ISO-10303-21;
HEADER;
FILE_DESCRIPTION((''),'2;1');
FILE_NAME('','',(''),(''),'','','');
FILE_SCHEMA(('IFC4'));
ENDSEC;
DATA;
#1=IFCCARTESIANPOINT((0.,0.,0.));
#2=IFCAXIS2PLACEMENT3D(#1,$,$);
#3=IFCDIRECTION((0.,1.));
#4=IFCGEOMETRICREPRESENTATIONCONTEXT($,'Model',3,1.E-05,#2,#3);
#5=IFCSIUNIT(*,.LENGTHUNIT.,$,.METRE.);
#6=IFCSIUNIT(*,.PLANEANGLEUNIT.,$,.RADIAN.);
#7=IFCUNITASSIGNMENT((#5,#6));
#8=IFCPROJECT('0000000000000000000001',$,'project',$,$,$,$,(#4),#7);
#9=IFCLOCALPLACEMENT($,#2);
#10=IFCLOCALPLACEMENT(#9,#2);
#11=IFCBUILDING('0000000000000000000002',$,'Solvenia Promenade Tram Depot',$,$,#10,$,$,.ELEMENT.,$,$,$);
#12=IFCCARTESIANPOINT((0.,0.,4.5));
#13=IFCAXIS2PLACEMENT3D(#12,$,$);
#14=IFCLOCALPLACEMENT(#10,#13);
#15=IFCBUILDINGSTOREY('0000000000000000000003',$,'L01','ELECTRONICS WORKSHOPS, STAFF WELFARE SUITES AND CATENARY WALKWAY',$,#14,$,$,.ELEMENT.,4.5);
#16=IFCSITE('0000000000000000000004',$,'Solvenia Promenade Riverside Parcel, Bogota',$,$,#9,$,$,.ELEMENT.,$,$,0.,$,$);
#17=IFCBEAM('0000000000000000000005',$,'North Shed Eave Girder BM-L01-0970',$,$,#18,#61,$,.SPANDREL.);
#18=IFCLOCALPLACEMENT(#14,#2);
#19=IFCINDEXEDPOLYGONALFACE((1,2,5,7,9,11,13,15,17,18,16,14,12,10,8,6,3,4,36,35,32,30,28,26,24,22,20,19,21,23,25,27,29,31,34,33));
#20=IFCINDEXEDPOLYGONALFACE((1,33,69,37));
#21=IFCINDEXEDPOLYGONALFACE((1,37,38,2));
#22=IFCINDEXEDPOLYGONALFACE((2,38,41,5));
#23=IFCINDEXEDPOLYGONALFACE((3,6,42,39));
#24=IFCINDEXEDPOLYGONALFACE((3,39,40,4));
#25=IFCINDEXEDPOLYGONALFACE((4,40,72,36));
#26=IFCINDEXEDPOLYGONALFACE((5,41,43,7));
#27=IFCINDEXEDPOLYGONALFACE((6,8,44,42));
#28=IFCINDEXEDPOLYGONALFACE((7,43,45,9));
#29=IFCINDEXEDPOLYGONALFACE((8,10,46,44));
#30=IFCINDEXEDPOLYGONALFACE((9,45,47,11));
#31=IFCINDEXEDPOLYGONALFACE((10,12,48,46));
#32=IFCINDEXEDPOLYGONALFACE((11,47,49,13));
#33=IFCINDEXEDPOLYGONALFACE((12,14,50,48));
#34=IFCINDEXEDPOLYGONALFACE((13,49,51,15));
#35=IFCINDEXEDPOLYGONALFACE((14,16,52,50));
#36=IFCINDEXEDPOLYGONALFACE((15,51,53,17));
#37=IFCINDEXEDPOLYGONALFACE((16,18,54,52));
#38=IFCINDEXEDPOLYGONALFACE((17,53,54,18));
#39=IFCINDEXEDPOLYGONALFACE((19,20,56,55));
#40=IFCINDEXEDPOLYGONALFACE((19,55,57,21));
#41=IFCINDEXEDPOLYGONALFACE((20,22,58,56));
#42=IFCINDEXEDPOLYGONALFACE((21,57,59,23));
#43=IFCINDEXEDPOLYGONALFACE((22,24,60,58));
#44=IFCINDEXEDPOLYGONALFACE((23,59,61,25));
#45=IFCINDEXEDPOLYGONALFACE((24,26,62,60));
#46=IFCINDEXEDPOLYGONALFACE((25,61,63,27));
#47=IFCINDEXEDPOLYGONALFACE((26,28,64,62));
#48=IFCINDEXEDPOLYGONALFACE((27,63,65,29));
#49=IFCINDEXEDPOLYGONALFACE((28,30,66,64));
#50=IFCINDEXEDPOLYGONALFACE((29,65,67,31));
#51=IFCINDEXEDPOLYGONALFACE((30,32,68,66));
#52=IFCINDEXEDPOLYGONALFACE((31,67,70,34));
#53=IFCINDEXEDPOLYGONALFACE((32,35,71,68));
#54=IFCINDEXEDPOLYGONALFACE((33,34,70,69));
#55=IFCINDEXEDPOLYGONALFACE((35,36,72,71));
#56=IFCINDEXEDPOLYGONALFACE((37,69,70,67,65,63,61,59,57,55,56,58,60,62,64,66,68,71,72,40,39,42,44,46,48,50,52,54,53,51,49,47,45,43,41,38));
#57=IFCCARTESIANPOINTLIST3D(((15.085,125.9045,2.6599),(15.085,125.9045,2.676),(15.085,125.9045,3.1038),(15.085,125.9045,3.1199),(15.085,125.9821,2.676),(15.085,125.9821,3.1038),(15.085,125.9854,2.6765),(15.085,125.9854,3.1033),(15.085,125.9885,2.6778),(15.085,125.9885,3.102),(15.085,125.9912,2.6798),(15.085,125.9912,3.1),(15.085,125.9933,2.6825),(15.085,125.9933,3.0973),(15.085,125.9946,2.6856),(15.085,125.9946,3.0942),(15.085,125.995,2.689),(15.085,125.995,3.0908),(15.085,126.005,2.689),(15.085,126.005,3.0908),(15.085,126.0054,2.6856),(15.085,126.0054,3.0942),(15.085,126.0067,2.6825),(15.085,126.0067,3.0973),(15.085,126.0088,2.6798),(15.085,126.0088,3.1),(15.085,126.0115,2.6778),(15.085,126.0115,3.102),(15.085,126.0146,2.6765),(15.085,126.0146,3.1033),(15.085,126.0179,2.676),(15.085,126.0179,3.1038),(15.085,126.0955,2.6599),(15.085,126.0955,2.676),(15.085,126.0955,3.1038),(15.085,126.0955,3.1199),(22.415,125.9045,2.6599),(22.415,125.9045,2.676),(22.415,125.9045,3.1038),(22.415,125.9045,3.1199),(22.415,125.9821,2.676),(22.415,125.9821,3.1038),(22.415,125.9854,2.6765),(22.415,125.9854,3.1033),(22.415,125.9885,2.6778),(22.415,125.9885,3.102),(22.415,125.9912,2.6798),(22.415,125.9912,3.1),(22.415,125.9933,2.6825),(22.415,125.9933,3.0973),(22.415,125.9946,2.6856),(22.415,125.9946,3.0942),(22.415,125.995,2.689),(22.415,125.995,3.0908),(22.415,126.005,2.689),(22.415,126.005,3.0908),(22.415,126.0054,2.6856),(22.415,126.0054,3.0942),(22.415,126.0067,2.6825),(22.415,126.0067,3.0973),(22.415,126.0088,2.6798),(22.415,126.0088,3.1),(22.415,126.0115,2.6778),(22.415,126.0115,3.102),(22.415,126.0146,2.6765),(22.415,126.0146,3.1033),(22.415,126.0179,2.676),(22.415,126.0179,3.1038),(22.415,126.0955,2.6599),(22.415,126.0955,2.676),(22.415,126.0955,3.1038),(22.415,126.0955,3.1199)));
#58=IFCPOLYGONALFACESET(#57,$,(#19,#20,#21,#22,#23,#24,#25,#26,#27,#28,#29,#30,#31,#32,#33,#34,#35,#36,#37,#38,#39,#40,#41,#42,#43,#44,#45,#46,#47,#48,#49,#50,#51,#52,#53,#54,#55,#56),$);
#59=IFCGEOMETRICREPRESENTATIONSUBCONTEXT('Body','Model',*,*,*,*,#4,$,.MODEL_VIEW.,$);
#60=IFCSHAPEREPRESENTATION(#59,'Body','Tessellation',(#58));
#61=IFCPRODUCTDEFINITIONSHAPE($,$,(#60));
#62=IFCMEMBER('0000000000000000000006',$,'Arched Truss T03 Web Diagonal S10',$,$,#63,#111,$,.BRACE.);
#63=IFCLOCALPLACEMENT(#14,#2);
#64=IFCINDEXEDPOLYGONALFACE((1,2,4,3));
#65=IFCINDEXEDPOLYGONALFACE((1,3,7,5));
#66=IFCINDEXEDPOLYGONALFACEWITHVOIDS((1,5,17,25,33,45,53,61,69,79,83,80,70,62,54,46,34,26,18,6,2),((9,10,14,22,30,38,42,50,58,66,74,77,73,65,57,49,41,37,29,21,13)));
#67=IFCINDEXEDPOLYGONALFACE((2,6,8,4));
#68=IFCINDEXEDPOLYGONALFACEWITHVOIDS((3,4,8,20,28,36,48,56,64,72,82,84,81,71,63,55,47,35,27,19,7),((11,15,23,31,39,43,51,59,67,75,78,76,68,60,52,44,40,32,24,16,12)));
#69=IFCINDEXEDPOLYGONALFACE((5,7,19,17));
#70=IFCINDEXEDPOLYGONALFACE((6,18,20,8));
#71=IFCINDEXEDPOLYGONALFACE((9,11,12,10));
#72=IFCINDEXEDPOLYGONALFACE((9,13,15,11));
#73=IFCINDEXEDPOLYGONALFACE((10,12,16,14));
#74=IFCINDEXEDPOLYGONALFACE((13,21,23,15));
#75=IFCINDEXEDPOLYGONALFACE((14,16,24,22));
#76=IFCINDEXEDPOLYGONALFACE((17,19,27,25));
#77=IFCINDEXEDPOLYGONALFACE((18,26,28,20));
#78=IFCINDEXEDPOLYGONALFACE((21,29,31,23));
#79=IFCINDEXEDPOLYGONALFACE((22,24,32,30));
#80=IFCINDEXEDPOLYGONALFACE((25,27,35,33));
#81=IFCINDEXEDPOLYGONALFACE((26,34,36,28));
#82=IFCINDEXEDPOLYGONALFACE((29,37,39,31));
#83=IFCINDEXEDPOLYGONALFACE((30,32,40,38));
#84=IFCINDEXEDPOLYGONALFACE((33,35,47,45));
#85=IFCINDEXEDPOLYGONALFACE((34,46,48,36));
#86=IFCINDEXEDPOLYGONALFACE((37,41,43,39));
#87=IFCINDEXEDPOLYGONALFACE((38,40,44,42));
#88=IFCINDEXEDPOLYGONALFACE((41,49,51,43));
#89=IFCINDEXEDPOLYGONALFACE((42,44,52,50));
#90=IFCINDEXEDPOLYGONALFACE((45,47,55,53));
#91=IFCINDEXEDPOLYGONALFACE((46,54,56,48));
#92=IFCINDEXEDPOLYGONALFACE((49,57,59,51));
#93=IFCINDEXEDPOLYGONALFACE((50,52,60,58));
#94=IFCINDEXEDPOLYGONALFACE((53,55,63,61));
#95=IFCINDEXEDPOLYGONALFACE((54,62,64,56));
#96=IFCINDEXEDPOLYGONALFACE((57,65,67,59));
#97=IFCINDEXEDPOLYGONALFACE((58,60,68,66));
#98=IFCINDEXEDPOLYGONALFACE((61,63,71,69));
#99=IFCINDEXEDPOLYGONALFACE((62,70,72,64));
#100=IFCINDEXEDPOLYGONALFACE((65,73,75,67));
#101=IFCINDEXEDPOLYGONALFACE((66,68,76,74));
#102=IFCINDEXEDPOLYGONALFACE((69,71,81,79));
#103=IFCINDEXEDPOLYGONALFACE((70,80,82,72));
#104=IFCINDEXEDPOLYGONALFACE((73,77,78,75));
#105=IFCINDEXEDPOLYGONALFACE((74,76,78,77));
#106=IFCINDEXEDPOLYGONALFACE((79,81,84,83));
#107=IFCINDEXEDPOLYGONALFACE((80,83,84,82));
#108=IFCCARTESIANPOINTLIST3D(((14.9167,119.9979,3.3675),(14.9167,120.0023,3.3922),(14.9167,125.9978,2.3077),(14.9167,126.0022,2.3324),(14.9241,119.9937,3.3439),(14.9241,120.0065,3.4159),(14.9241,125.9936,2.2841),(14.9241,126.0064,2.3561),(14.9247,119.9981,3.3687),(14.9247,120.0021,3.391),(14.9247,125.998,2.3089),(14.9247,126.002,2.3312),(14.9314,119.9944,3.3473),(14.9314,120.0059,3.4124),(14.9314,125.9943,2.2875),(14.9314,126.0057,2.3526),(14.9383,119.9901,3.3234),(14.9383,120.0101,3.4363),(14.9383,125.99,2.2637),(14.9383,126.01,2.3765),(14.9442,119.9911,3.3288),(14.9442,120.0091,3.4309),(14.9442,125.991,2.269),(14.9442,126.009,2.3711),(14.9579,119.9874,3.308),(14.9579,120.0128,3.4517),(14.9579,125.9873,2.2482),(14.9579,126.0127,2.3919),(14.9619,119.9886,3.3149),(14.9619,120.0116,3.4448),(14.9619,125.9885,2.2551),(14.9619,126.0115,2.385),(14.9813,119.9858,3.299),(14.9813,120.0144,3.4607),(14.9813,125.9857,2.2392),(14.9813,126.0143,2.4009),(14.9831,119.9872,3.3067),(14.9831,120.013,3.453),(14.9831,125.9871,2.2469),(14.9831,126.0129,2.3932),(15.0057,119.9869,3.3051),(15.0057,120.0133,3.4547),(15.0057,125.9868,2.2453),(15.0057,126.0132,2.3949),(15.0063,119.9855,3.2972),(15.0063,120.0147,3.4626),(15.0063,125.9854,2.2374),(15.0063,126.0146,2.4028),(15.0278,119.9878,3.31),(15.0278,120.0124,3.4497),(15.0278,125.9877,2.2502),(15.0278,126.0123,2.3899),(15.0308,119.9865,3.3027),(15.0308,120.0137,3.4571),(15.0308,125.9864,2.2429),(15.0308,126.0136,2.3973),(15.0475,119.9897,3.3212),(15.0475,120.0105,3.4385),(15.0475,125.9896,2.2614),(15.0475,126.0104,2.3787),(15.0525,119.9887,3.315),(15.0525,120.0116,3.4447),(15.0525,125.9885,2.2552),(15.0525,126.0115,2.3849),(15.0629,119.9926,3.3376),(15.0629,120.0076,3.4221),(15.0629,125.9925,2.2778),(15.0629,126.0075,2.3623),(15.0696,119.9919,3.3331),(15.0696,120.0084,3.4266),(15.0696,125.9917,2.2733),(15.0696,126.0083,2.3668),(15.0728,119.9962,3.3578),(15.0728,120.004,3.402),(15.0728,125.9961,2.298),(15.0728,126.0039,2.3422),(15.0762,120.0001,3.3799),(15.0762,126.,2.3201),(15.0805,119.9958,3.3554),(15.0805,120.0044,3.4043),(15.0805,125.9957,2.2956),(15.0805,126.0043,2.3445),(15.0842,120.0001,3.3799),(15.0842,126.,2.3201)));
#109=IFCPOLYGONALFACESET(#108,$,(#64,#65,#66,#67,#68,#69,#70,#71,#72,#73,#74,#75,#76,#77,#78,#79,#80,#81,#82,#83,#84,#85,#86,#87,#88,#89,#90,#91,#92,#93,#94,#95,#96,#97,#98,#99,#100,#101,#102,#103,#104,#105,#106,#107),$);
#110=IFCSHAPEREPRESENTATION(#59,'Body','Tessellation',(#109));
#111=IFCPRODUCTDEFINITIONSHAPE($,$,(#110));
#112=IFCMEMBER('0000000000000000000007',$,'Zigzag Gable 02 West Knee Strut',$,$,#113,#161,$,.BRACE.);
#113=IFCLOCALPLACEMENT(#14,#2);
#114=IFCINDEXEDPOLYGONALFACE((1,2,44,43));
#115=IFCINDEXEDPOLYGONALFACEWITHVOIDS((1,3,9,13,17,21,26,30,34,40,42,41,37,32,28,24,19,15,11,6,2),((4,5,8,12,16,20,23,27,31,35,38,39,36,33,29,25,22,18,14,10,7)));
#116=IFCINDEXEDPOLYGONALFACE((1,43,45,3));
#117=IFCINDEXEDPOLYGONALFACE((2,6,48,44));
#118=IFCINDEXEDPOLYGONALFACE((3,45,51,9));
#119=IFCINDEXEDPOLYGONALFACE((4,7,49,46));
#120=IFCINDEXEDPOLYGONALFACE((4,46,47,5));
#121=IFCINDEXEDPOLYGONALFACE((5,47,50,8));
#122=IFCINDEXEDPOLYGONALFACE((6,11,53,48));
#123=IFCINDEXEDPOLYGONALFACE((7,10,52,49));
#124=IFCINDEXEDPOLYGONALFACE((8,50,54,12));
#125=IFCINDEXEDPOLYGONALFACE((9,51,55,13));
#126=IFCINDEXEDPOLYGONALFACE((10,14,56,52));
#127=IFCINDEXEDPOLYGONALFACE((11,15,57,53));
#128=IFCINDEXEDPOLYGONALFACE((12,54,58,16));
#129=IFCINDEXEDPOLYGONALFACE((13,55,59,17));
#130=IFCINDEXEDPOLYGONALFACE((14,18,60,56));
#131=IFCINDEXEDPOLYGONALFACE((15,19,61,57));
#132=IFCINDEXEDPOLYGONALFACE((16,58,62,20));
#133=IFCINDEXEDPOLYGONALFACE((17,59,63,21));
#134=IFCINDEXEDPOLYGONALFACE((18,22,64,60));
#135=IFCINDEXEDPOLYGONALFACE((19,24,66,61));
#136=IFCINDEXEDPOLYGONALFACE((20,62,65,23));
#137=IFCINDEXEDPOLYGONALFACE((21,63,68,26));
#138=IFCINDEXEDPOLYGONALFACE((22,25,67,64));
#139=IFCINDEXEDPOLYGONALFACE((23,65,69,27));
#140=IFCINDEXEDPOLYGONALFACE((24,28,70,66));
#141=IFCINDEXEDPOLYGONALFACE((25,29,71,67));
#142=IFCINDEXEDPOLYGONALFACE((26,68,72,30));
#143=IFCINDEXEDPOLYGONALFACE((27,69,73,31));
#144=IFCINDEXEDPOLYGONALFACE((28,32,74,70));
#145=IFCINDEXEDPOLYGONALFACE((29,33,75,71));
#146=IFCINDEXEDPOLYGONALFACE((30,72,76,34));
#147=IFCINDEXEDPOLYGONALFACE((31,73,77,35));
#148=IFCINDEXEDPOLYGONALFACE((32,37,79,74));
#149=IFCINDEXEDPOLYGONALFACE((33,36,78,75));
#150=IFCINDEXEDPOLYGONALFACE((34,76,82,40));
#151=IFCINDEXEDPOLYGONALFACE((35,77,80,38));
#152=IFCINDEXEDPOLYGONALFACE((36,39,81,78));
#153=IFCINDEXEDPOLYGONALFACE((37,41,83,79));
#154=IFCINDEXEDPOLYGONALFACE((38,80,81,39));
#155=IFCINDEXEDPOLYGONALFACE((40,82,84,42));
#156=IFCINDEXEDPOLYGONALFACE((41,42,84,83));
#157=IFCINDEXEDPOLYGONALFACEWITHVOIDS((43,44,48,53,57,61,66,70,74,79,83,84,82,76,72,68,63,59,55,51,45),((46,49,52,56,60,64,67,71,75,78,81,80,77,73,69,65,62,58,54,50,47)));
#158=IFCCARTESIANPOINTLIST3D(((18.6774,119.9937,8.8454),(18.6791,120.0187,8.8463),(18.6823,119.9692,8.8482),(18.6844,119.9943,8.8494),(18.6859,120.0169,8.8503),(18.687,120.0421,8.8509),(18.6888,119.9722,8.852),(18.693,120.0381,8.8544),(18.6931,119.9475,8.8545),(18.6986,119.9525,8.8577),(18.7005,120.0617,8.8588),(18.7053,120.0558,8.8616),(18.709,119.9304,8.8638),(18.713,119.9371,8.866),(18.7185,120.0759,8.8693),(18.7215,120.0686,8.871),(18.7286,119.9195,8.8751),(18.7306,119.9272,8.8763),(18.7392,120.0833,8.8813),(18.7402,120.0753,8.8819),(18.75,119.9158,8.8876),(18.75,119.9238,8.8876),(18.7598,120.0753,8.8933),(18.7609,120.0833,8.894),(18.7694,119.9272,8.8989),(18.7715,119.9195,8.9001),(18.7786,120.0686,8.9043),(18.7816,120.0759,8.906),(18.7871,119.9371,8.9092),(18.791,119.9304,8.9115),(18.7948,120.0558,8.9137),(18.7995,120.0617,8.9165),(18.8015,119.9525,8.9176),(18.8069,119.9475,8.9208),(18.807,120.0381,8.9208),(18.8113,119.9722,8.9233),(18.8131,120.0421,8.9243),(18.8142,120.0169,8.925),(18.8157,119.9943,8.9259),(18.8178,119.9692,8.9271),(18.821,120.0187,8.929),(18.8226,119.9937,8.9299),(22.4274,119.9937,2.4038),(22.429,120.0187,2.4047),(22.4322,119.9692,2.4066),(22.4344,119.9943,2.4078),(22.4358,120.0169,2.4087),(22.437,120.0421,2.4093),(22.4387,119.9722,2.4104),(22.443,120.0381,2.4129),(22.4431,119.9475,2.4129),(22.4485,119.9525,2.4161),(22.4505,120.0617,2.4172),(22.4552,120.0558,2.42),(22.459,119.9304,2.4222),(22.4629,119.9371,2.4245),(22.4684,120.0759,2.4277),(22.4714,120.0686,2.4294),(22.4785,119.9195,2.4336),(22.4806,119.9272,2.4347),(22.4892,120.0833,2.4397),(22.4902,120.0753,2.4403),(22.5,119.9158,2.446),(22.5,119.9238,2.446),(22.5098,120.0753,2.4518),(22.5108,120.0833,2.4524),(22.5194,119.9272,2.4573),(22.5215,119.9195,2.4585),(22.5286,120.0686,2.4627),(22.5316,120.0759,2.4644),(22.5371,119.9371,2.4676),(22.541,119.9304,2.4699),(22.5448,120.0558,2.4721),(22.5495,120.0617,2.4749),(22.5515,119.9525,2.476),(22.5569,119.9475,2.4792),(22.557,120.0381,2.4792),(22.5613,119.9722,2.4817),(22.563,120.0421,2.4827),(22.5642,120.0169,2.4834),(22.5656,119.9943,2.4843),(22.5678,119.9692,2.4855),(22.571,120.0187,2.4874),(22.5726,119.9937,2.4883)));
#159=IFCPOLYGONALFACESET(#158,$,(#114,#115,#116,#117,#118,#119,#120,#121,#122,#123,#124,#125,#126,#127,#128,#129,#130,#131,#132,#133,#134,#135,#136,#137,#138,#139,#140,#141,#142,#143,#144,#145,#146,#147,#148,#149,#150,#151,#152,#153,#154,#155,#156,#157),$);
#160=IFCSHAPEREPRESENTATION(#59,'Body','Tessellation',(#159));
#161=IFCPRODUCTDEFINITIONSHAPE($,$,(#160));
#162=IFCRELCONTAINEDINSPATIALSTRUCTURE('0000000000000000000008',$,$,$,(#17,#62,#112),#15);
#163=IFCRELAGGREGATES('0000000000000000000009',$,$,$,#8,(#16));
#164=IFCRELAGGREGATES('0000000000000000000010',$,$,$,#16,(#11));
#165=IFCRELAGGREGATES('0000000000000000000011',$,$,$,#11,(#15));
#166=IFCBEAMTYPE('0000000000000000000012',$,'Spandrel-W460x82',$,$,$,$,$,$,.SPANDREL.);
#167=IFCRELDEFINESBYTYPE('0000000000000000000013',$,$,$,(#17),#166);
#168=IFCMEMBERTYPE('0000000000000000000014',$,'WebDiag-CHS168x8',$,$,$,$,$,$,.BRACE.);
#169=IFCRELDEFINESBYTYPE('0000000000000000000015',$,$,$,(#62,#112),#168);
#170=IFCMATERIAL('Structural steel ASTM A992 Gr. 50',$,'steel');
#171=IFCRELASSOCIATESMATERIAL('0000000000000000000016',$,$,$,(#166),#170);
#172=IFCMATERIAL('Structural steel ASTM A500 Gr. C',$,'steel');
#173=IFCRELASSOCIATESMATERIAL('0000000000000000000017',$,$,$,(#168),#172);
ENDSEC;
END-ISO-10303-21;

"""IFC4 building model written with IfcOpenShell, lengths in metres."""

from ifc_helpers import new_model, si_unit, direction, frame, origin, origin_2d, place, context, subcontext, project, spatial, hollow_circle, i_section, extrude, material, material_profile, profile_set, type_object, element, save


model = new_model("IFC4")

# Units and contexts
model_context = context("Model", 3, precision=1e-05, world=origin(), true_north=direction((0.0, 1.0)))
body_context = subcontext(model_context, "Body", "Model", "MODEL_VIEW")
ifc_project = project(units=[si_unit("LENGTHUNIT", "METRE"), si_unit("PLANEANGLEUNIT", "RADIAN")], contexts=[model_context])

# Site, building, storey
site_placement = place(None, origin())
site = spatial("IfcSite", under=ifc_project, at=site_placement, Name="Solvenia Promenade Riverside Parcel, Bogota", CompositionType="ELEMENT", RefElevation=0.0)
building_placement = place(site_placement, origin())
building = spatial("IfcBuilding", under=site, at=building_placement, Name="Solvenia Promenade Tram Depot", CompositionType="ELEMENT")
storey_placement = place(building_placement, frame((0.0, 0.0, 4.5)))
storey = spatial("IfcBuildingStorey", under=building, at=storey_placement, Name="L01", Description="ELECTRONICS WORKSHOPS, STAFF WELFARE SUITES AND CATENARY WALKWAY", CompositionType="ELEMENT", Elevation=4.5)

# Shared definitions
ifc_material_1 = material(Name="Structural steel ASTM A992 Gr. 50", Category="steel")

# Shared definitions
ifc_material_2 = material(Name="Structural steel ASTM A500 Gr. C", Category="steel")

# Beam
ifc_material_profile_1 = material_profile(ifc_material_1, i_section(OverallWidth=0.1909, OverallDepth=0.46, WebThickness=0.01, FlangeThickness=0.0161, FilletRadius=0.0129, at=origin_2d()), Name="W460x82", Category="steel")
ifc_profile_set_1 = profile_set([ifc_material_profile_1], Name="Structural steel ASTM A992 Gr. 50")
beam_type = type_object("IfcBeamType", Name="Spandrel-W460x82", PredefinedType="SPANDREL", material=ifc_profile_set_1)
beam_placement = place(storey_placement, frame((15.085, 126.0, 2.8899), z_axis=(1.0, 0.0, 0.0), x_axis=(0.0, 1.0, 0.0)))
element("IfcBeam", 1, at=beam_placement, inside=storey, type_object=beam_type, Name="North Shed Eave Girder BM-L01-0970", PredefinedType="SPANDREL", context=body_context, shape_type="SweptSolid", body=[
    extrude(i_section(OverallWidth=0.1909, OverallDepth=0.46, WebThickness=0.01, FlangeThickness=0.0161, FilletRadius=0.0129, at=origin_2d()), origin(), (0.0, 0.0, 1.0), 7.3301),
])

# Members
ifc_material_profile_2 = material_profile(ifc_material_2, hollow_circle(Radius=0.0842, WallThickness=0.0081, at=origin_2d()), Name="CHS168.3x8", Category="steel")
ifc_profile_set_2 = profile_set([ifc_material_profile_2], Name="Structural steel ASTM A500 Gr. C")
member_type_1 = type_object("IfcMemberType", Name="WebDiag-CHS168x8", PredefinedType="BRACE", material=ifc_profile_set_2)
member_1_placement = place(storey_placement, frame((15.0, 126.0, 2.3201), z_axis=(0.0, -0.984756, 0.173943), x_axis=(1.0, 0.0, 0.0)))
element("IfcMember", 2, at=member_1_placement, inside=storey, type_object=member_type_1, Name="Arched Truss T03 Web Diagonal S10", PredefinedType="BRACE", context=body_context, shape_type="SweptSolid", body=[
    extrude(hollow_circle(Radius=0.0842, WallThickness=0.0081, at=origin_2d()), origin(), (0.0, 0.0, 1.0), 6.0928),
])
for number, where, z_axis, x_axis, name in (
    (3, (22.5, 120.0, 2.446), (-0.503107, 0.0, 0.864224), (0.0, -1.0, 0.0), "Zigzag Gable 02 West Knee Strut"),
):
    element("IfcMember", number, at=place(storey_placement, frame(where, z_axis=z_axis, x_axis=x_axis)), inside=storey, type_object=member_type_1, Name=name, PredefinedType="BRACE", context=body_context, shape_type="SweptSolid", body=[
        extrude(hollow_circle(Radius=0.0842, WallThickness=0.0081, at=origin_2d()), origin(), (0.0, 0.0, 1.0), 7.4536),
    ])

save(model, "model.ifc")
